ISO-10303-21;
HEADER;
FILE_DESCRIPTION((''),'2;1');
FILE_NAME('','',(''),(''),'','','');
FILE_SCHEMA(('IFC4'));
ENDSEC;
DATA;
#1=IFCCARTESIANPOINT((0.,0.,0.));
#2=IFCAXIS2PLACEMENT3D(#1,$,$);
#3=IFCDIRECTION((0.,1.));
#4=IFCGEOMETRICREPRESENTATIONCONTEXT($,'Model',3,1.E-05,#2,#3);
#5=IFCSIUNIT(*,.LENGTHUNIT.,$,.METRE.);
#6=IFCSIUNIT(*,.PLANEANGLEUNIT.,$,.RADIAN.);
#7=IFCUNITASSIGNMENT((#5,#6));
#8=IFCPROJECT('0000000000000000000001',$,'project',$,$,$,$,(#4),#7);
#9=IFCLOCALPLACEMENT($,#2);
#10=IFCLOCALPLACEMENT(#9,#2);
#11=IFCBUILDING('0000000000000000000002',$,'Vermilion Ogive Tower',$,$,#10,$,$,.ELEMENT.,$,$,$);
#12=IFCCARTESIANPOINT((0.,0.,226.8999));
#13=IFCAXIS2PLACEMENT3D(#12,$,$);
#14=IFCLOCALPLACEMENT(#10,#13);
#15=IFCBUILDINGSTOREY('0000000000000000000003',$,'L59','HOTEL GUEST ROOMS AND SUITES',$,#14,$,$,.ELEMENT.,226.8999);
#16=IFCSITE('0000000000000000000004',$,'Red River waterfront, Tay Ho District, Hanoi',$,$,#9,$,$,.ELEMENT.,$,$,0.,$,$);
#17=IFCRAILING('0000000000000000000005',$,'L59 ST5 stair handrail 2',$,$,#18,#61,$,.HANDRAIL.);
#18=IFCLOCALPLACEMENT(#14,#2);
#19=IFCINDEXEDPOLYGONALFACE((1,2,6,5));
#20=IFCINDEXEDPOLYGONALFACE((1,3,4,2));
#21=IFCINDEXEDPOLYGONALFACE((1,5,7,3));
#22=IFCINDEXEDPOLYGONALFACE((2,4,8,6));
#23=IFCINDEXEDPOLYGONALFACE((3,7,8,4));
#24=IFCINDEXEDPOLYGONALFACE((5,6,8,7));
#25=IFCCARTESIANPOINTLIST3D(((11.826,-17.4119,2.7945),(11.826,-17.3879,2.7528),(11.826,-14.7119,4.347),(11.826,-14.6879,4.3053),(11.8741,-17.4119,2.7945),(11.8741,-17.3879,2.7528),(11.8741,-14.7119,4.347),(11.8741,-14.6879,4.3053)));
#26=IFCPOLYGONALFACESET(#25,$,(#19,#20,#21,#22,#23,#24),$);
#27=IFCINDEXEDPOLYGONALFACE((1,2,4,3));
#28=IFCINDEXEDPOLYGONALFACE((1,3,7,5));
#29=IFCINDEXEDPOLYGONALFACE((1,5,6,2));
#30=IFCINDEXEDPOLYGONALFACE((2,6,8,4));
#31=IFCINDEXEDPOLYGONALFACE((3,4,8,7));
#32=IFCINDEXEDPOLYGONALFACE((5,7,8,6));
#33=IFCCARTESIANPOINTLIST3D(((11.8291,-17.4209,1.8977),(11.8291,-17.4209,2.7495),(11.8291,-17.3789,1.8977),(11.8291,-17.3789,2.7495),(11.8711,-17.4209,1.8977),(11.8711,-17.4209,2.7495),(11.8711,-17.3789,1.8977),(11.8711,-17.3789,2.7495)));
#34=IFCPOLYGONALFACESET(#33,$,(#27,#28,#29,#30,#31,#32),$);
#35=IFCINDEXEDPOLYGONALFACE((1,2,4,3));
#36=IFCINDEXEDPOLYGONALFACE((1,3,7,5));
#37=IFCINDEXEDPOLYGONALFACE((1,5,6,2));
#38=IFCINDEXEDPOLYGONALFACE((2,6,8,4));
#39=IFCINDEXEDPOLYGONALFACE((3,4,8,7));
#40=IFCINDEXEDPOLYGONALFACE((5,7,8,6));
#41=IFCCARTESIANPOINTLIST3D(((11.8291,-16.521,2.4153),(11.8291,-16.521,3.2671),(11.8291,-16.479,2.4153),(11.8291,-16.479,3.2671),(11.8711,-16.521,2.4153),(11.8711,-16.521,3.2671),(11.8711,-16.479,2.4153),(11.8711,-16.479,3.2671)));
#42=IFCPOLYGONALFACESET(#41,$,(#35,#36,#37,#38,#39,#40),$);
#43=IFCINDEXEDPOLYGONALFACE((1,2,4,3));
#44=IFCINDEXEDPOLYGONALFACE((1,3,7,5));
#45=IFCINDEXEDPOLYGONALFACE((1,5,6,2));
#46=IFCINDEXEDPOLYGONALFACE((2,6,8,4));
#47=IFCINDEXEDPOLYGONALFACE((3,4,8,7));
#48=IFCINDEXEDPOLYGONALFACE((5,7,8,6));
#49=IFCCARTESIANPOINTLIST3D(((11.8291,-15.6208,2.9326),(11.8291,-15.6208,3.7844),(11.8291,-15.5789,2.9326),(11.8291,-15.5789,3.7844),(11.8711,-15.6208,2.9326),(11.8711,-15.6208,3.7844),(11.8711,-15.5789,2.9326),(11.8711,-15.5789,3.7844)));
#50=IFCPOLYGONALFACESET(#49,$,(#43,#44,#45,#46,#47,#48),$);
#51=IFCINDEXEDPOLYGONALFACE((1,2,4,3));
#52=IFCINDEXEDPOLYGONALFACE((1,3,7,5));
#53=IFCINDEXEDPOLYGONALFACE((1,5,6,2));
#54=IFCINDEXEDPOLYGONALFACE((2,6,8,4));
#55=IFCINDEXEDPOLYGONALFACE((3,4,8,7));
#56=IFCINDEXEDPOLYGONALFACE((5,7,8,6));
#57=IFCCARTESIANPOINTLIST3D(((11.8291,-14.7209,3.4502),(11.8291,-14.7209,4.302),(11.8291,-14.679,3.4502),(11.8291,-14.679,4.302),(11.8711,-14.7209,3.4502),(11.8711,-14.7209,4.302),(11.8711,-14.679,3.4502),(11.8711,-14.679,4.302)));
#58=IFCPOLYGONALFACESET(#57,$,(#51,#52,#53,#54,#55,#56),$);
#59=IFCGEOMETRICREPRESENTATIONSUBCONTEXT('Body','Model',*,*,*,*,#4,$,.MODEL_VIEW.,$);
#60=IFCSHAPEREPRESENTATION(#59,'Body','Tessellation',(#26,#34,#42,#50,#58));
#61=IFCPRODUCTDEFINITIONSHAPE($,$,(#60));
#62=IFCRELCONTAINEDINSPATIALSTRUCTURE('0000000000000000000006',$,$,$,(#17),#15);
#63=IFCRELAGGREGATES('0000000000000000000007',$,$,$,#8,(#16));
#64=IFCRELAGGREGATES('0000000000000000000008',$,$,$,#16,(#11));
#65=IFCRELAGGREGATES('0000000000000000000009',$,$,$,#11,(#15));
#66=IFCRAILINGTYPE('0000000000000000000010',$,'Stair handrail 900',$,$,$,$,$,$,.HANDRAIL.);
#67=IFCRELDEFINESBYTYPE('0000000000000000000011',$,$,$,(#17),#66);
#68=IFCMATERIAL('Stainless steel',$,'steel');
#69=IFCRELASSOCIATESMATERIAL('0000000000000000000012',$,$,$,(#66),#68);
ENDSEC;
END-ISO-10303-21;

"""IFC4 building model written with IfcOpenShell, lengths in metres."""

from ifc_helpers import new_model, si_unit, direction, frame, origin, origin_2d, place, context, subcontext, project, spatial, rectangle, extrude, material, type_object, element, save


model = new_model("IFC4")

# Units and contexts
model_context = context("Model", 3, precision=1e-05, world=origin(), true_north=direction((0.0, 1.0)))
body_context = subcontext(model_context, "Body", "Model", "MODEL_VIEW")
ifc_project = project(units=[si_unit("LENGTHUNIT", "METRE"), si_unit("PLANEANGLEUNIT", "RADIAN")], contexts=[model_context])

# Site, building, storey
site_placement = place(None, origin())
site = spatial("IfcSite", under=ifc_project, at=site_placement, Name="Red River waterfront, Tay Ho District, Hanoi", CompositionType="ELEMENT", RefElevation=0.0)
building_placement = place(site_placement, origin())
building = spatial("IfcBuilding", under=site, at=building_placement, Name="Vermilion Ogive Tower", CompositionType="ELEMENT")
storey_placement = place(building_placement, frame((0.0, 0.0, 226.8999)))
storey = spatial("IfcBuildingStorey", under=building, at=storey_placement, Name="L59", Description="HOTEL GUEST ROOMS AND SUITES", CompositionType="ELEMENT", Elevation=226.8999)

# Railing
ifc_material_1 = material(Name="Stainless steel", Category="steel")
railing_type_1 = type_object("IfcRailingType", Name="Stair handrail 900", PredefinedType="HANDRAIL", material=ifc_material_1)
railing_1_placement = place(storey_placement, frame((11.8501, -17.3999, 1.8977)))
element("IfcRailing", 1, at=railing_1_placement, inside=storey, type_object=railing_type_1, Name="L59 ST5 stair handrail 2", PredefinedType="HANDRAIL", context=body_context, shape_type="SweptSolid", body=[
    extrude(rectangle(XDim=0.0481, YDim=0.0481, at=origin_2d()), frame((0.0, 0.0, 0.876), z_axis=(0.0, 0.866904, 0.498476), x_axis=(-1.0, 0.0, 0.0)), (0.0, 0.0, 1.0), 3.1145),
    extrude(rectangle(XDim=0.042, YDim=0.042, at=origin_2d()), origin(), (0.0, 0.0, 1.0), 0.8518),
    extrude(rectangle(XDim=0.042, YDim=0.042, at=origin_2d()), frame((0.0, 0.8999, 0.5176)), (0.0, 0.0, 1.0), 0.8518),
    extrude(rectangle(XDim=0.042, YDim=0.042, at=origin_2d()), frame((0.0, 1.8, 1.0349)), (0.0, 0.0, 1.0), 0.8518),
    extrude(rectangle(XDim=0.042, YDim=0.042, at=origin_2d()), frame((0.0, 2.7, 1.5525)), (0.0, 0.0, 1.0), 0.8518),
])

save(model, "model.ifc")
